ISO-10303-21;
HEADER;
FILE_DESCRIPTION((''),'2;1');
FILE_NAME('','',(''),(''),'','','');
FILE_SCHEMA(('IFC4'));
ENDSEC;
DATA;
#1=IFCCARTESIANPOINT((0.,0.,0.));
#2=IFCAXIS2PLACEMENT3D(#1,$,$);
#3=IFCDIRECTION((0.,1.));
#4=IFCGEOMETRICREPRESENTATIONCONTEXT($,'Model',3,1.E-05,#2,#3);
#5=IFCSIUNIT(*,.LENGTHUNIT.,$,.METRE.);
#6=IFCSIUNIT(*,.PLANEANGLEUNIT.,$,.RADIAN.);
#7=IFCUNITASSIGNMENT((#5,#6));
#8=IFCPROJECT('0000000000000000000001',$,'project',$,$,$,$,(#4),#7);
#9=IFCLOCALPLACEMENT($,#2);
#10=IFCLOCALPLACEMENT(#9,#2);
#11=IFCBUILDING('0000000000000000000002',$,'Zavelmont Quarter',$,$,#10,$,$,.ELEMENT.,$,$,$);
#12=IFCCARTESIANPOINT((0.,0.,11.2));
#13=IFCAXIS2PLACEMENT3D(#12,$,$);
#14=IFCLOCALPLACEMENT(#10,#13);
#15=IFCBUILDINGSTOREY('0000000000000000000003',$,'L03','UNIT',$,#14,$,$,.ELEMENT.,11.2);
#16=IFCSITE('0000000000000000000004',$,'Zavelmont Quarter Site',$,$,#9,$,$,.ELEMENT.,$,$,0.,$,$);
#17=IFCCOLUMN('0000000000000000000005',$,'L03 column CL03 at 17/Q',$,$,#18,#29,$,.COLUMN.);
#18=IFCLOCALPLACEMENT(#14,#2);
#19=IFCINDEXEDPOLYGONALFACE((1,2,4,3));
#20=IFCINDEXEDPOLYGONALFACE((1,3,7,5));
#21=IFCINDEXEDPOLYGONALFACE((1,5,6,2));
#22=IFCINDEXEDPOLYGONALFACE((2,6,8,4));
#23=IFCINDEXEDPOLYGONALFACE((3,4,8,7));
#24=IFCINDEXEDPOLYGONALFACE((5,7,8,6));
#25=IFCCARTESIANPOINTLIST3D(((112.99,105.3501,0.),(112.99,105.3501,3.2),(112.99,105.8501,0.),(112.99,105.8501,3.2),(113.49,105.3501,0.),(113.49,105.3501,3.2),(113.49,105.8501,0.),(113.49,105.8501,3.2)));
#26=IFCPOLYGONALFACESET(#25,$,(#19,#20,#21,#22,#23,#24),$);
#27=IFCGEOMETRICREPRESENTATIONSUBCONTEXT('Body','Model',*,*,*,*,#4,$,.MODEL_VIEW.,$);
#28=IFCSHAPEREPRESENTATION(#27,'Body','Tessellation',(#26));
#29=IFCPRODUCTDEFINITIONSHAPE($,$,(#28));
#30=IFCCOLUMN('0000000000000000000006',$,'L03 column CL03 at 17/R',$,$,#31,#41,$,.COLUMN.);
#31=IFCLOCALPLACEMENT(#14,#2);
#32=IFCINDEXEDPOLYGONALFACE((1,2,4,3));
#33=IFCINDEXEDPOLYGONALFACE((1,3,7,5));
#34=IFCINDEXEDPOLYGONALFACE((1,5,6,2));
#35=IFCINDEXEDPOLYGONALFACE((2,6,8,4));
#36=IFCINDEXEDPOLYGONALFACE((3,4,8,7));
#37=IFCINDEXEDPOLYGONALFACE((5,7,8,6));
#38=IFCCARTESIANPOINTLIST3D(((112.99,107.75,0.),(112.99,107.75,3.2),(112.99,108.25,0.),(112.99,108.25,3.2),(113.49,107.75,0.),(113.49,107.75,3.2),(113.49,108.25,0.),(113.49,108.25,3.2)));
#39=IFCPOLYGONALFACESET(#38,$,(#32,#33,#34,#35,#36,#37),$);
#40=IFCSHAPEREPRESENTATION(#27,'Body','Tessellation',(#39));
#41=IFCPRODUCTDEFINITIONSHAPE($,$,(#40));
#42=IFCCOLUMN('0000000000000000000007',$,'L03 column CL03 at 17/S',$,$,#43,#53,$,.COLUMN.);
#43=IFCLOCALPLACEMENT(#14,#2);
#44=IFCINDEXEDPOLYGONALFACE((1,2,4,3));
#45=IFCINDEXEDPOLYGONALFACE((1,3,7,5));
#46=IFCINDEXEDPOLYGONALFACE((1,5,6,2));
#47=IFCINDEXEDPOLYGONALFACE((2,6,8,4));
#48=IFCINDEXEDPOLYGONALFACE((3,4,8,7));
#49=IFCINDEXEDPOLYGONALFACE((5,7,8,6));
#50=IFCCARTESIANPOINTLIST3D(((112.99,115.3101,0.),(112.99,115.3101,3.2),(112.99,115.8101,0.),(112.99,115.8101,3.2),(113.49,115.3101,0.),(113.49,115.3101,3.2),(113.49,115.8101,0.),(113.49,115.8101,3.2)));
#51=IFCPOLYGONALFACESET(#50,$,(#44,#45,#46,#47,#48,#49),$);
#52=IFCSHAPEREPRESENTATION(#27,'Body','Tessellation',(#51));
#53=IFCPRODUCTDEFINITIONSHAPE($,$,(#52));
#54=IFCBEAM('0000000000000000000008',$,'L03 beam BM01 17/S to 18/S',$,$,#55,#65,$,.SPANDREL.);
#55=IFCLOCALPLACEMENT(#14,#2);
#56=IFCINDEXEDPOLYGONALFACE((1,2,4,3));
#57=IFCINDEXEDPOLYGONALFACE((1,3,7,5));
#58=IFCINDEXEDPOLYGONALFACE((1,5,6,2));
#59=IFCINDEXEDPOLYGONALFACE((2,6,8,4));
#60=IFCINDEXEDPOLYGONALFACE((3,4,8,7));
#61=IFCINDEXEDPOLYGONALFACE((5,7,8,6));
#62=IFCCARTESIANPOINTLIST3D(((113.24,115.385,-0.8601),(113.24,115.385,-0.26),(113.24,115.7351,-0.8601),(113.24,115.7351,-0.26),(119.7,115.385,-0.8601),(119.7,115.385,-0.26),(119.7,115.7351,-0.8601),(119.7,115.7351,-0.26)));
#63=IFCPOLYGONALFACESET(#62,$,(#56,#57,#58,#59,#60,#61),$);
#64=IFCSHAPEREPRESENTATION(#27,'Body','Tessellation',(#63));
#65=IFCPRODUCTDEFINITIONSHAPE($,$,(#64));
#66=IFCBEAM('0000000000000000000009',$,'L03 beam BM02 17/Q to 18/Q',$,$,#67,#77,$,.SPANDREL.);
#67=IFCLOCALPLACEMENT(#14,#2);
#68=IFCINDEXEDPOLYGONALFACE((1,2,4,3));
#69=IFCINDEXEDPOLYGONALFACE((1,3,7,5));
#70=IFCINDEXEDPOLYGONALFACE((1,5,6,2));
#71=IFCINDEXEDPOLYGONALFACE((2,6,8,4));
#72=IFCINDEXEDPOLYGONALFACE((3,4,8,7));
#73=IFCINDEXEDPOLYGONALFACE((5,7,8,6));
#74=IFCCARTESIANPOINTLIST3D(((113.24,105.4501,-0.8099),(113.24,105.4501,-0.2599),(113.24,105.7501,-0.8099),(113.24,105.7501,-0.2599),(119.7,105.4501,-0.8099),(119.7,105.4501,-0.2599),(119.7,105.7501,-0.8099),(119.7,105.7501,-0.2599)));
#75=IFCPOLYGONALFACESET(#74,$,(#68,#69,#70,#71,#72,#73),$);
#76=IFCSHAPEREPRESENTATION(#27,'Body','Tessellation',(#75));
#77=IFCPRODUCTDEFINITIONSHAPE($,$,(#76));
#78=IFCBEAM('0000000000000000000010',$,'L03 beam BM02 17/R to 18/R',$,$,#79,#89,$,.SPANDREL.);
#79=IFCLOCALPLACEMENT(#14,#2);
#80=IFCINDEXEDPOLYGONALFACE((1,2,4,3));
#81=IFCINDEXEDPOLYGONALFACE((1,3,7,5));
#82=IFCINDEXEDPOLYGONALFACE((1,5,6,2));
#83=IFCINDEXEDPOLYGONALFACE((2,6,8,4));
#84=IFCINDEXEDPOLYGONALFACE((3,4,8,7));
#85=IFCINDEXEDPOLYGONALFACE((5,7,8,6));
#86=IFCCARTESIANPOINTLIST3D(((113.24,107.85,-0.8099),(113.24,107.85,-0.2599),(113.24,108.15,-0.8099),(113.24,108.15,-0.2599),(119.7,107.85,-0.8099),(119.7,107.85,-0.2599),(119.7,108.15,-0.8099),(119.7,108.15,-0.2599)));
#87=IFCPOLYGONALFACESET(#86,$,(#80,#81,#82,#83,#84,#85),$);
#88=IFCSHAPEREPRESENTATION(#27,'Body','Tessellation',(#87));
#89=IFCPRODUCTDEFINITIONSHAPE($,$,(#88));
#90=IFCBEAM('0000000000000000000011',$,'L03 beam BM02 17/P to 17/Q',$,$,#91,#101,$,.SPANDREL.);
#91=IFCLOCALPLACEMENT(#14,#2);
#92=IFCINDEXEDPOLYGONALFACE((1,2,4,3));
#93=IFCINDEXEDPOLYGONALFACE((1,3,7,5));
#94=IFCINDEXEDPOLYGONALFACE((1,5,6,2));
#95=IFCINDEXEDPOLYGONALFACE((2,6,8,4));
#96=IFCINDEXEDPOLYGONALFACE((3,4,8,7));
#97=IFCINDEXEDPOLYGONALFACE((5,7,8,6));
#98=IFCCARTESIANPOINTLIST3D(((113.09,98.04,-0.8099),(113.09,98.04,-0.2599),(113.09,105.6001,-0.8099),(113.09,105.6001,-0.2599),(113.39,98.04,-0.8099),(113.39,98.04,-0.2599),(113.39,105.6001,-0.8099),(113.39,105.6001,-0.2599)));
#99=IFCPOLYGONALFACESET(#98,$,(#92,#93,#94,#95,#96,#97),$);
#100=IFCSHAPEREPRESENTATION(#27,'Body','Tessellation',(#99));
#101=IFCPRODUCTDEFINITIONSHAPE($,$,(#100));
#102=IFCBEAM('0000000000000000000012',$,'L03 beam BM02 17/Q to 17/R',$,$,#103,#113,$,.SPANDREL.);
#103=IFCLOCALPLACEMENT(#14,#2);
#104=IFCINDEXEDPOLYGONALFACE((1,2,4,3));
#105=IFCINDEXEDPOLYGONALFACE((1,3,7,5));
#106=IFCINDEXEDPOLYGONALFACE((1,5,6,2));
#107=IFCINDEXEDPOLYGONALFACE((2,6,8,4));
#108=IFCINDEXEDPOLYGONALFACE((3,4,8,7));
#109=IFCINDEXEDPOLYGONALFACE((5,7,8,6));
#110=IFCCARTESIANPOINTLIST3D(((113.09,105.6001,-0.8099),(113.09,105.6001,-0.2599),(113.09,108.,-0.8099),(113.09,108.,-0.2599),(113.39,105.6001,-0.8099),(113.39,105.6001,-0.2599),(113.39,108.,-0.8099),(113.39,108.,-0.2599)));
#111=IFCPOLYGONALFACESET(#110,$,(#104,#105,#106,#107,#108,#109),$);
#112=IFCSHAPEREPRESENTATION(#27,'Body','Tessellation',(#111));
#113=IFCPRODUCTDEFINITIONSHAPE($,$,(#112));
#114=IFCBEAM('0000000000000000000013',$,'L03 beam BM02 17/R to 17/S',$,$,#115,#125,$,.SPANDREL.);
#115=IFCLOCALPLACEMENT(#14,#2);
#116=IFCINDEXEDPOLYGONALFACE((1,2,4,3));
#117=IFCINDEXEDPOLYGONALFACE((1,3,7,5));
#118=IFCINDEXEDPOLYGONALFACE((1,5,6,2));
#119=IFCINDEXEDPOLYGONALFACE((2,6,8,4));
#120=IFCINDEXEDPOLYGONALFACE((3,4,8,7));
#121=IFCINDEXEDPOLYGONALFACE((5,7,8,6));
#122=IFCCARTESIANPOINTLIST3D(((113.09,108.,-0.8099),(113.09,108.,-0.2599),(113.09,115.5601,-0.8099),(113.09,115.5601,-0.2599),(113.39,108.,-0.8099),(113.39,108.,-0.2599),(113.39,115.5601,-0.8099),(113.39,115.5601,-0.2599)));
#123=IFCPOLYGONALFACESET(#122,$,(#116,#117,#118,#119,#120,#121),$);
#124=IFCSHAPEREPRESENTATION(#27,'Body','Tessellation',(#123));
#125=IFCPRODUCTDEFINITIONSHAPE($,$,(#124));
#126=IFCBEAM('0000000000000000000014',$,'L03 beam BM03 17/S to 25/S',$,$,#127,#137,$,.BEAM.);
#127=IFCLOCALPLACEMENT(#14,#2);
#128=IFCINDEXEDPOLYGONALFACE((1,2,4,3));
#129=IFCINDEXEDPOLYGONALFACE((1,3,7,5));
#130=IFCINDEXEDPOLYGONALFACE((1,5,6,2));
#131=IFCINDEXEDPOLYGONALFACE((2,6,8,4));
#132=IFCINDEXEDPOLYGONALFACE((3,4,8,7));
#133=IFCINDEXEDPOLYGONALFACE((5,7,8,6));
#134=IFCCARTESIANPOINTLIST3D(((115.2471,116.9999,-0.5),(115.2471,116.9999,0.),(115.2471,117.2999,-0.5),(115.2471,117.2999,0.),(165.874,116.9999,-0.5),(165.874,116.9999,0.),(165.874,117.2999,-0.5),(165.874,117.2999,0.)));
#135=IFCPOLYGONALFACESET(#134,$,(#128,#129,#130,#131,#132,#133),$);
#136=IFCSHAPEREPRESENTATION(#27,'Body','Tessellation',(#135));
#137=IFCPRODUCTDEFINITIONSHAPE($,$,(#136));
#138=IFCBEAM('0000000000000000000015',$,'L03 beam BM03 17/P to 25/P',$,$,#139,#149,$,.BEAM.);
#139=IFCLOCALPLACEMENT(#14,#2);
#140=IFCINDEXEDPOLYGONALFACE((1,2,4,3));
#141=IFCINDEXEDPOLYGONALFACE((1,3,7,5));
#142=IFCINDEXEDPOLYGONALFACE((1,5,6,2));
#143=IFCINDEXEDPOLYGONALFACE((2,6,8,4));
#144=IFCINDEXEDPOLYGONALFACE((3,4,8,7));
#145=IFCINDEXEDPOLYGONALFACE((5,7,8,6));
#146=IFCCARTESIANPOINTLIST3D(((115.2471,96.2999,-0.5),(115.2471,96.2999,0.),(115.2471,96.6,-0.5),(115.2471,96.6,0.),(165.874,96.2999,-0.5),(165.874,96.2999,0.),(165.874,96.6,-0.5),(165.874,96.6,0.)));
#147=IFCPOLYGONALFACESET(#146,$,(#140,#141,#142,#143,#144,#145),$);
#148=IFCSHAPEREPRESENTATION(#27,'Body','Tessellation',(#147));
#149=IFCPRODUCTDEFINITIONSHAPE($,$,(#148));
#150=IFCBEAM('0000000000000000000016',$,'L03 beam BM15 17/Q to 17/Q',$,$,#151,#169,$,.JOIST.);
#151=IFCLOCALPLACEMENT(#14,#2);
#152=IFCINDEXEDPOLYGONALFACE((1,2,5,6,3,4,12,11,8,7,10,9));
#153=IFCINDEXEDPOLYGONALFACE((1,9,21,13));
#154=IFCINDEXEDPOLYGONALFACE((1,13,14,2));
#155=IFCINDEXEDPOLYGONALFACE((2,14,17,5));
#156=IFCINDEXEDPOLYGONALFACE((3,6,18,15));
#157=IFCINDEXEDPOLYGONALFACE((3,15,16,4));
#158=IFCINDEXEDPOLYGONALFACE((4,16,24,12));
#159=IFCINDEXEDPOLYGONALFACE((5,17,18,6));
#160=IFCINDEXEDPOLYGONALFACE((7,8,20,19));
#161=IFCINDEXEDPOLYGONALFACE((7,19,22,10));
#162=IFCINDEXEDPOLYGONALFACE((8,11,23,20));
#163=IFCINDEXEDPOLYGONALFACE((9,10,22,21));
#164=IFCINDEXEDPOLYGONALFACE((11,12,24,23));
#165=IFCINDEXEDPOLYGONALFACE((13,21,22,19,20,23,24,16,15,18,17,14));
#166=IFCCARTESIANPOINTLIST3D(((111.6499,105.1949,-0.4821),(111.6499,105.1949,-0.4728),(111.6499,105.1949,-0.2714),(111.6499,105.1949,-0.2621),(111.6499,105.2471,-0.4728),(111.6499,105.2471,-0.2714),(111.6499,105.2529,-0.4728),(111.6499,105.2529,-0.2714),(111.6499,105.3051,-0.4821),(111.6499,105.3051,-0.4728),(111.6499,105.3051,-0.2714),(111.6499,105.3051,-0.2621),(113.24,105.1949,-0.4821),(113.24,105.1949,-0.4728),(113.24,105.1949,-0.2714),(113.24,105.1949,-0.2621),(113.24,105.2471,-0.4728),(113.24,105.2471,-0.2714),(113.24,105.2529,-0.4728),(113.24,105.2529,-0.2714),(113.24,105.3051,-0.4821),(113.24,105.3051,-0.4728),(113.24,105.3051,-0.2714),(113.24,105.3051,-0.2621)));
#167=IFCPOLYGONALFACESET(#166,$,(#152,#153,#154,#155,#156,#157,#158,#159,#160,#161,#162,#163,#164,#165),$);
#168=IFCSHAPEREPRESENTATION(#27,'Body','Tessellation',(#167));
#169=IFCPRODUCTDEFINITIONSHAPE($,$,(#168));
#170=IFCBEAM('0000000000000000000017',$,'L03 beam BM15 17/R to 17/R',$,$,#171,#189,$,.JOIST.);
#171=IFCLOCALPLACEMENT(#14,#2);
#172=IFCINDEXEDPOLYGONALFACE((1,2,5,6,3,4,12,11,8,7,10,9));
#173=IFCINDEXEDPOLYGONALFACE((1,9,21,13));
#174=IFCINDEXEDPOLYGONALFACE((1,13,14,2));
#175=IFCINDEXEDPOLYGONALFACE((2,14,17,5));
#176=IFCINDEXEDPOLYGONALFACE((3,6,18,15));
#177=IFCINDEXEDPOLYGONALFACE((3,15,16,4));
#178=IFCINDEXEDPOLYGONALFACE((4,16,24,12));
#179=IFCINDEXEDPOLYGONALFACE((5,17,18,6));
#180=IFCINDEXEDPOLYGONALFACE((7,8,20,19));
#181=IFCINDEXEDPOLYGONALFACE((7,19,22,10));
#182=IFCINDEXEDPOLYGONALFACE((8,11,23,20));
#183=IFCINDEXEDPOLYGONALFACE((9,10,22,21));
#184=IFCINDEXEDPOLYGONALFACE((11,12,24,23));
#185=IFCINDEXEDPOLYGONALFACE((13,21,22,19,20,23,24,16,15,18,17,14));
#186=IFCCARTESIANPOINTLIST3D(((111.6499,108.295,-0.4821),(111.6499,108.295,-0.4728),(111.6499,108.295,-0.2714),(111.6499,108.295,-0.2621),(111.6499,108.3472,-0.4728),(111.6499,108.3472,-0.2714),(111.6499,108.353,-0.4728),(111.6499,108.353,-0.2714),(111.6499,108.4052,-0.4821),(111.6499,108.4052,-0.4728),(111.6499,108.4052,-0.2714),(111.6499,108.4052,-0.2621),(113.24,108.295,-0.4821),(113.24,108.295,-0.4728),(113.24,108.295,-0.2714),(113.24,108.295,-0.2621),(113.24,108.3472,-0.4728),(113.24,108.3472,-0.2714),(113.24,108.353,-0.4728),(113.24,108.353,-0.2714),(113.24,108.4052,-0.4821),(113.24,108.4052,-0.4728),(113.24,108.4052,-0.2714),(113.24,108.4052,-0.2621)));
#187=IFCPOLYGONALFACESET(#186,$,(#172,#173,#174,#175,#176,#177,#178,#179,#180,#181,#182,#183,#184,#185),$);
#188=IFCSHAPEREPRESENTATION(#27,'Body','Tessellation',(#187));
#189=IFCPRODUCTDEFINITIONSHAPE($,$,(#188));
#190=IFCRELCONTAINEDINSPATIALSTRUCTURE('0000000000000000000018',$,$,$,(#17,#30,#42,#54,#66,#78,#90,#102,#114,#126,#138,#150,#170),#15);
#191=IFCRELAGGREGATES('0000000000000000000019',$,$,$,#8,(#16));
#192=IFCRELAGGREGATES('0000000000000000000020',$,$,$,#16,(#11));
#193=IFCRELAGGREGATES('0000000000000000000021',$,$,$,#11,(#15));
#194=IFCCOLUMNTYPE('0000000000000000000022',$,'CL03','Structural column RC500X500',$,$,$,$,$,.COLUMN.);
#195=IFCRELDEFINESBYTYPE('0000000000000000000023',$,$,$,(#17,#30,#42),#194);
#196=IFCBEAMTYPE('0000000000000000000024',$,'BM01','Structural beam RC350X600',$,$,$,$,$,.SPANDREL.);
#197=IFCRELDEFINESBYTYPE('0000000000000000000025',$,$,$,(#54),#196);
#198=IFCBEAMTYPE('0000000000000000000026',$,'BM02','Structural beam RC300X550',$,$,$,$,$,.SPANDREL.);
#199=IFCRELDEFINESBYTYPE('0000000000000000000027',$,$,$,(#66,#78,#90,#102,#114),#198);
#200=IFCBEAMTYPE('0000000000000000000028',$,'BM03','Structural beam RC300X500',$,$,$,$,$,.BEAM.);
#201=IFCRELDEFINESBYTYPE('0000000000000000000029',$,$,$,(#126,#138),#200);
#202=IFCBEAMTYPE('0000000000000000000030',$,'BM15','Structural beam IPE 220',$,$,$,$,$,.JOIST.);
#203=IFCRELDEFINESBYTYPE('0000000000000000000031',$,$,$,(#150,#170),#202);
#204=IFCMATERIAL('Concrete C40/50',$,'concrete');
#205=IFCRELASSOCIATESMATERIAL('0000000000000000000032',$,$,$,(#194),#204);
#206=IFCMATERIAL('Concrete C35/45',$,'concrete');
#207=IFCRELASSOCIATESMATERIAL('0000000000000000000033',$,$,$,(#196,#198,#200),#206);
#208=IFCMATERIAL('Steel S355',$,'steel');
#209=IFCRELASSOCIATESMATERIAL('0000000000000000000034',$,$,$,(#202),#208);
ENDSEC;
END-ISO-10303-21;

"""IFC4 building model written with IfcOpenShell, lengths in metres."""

from ifc_helpers import new_model, si_unit, direction, frame, origin, origin_2d, place, context, subcontext, project, spatial, rectangle, i_section, extrude, material, material_profile, profile_set, type_object, element, save


model = new_model("IFC4")

# Units and contexts
model_context = context("Model", 3, precision=1e-05, world=origin(), true_north=direction((0.0, 1.0)))
body_context = subcontext(model_context, "Body", "Model", "MODEL_VIEW")
ifc_project = project(units=[si_unit("LENGTHUNIT", "METRE"), si_unit("PLANEANGLEUNIT", "RADIAN")], contexts=[model_context])

# Site, building, storey
site_placement = place(None, origin())
site = spatial("IfcSite", under=ifc_project, at=site_placement, Name="Zavelmont Quarter Site", CompositionType="ELEMENT", RefElevation=0.0)
building_placement = place(site_placement, origin())
building = spatial("IfcBuilding", under=site, at=building_placement, Name="Zavelmont Quarter", CompositionType="ELEMENT")
storey_placement = place(building_placement, frame((0.0, 0.0, 11.2)))
storey = spatial("IfcBuildingStorey", under=building, at=storey_placement, Name="L03", Description="UNIT", CompositionType="ELEMENT", Elevation=11.2)

# Columns
ifc_material_1 = material(Name="Concrete C40/50", Category="concrete")
ifc_material_profile_1 = material_profile(ifc_material_1, rectangle(XDim=0.5, YDim=0.5, at=origin_2d()), Name="RC500X500")
ifc_profile_set_1 = profile_set([ifc_material_profile_1], Name="Concrete C40/50")
column_type = type_object("IfcColumnType", Name="CL03", Description="Structural column RC500X500", PredefinedType="COLUMN", material=ifc_profile_set_1)
for number, where, z_axis, x_axis, name in (
    (1, (113.24, 105.6001, 0.0), (0.0, 0.0, 1.0), (1.0, 0.0, 0.0), "L03 column CL03 at 17/Q"),
    (2, (113.24, 108.0, 0.0), (0.0, 0.0, 1.0), (1.0, 0.0, 0.0), "L03 column CL03 at 17/R"),
    (3, (113.24, 115.5601, 0.0), (0.0, 0.0, 1.0), (1.0, 0.0, 0.0), "L03 column CL03 at 17/S"),
):
    element("IfcColumn", number, at=place(storey_placement, frame(where, z_axis=z_axis, x_axis=x_axis)), inside=storey, type_object=column_type, Name=name, PredefinedType="COLUMN", context=body_context, shape_type="SweptSolid", body=[
        extrude(rectangle(XDim=0.5, YDim=0.5, at=origin_2d()), origin(), (0.0, 0.0, 1.0), 3.2),
    ])

# Beams
ifc_material_2 = material(Name="Concrete C35/45", Category="concrete")
ifc_material_profile_2 = material_profile(ifc_material_2, rectangle(XDim=0.3501, YDim=0.6001, at=origin_2d()), Name="RC350X600")
ifc_profile_set_2 = profile_set([ifc_material_profile_2], Name="Concrete C35/45")
beam_type_1 = type_object("IfcBeamType", Name="BM01", Description="Structural beam RC350X600", PredefinedType="SPANDREL", material=ifc_profile_set_2)
beam_1_placement = place(storey_placement, frame((113.24, 115.5601, -0.5601), z_axis=(1.0, 0.0, 0.0), x_axis=(0.0, 1.0, 0.0)))
element("IfcBeam", 4, at=beam_1_placement, inside=storey, type_object=beam_type_1, Name="L03 beam BM01 17/S to 18/S", PredefinedType="SPANDREL", context=body_context, shape_type="SweptSolid", body=[
    extrude(rectangle(XDim=0.3501, YDim=0.6001, at=origin_2d()), origin(), (0.0, 0.0, 1.0), 6.46),
])
ifc_material_profile_3 = material_profile(ifc_material_2, rectangle(XDim=0.3, YDim=0.55, at=origin_2d()), Name="RC300X550")
ifc_profile_set_3 = profile_set([ifc_material_profile_3], Name="Concrete C35/45")
beam_type_2 = type_object("IfcBeamType", Name="BM02", Description="Structural beam RC300X550", PredefinedType="SPANDREL", material=ifc_profile_set_3)
for number, where, z_axis, x_axis, name in (
    (5, (113.24, 105.6001, -0.5349), (1.0, 0.0, 0.0), (0.0, 1.0, 0.0), "L03 beam BM02 17/Q to 18/Q"),
    (6, (113.24, 108.0, -0.5349), (1.0, 0.0, 0.0), (0.0, 1.0, 0.0), "L03 beam BM02 17/R to 18/R"),
):
    element("IfcBeam", number, at=place(storey_placement, frame(where, z_axis=z_axis, x_axis=x_axis)), inside=storey, type_object=beam_type_2, Name=name, PredefinedType="SPANDREL", context=body_context, shape_type="SweptSolid", body=[
        extrude(rectangle(XDim=0.3, YDim=0.55, at=origin_2d()), origin(), (0.0, 0.0, 1.0), 6.46),
    ])
beam_2_placement = place(storey_placement, frame((113.24, 98.04, -0.5349), z_axis=(0.0, 1.0, 0.0), x_axis=(-1.0, 0.0, 0.0)))
element("IfcBeam", 7, at=beam_2_placement, inside=storey, type_object=beam_type_2, Name="L03 beam BM02 17/P to 17/Q", PredefinedType="SPANDREL", context=body_context, shape_type="SweptSolid", body=[
    extrude(rectangle(XDim=0.3, YDim=0.55, at=origin_2d()), origin(), (0.0, 0.0, 1.0), 7.5601),
])
beam_3_placement = place(storey_placement, frame((113.24, 105.6001, -0.5349), z_axis=(0.0, 1.0, 0.0), x_axis=(-1.0, 0.0, 0.0)))
element("IfcBeam", 8, at=beam_3_placement, inside=storey, type_object=beam_type_2, Name="L03 beam BM02 17/Q to 17/R", PredefinedType="SPANDREL", context=body_context, shape_type="SweptSolid", body=[
    extrude(rectangle(XDim=0.3, YDim=0.55, at=origin_2d()), origin(), (0.0, 0.0, 1.0), 2.3999),
])
beam_4_placement = place(storey_placement, frame((113.24, 108.0, -0.5349), z_axis=(0.0, 1.0, 0.0), x_axis=(-1.0, 0.0, 0.0)))
element("IfcBeam", 9, at=beam_4_placement, inside=storey, type_object=beam_type_2, Name="L03 beam BM02 17/R to 17/S", PredefinedType="SPANDREL", context=body_context, shape_type="SweptSolid", body=[
    extrude(rectangle(XDim=0.3, YDim=0.55, at=origin_2d()), origin(), (0.0, 0.0, 1.0), 7.5601),
])
ifc_material_profile_4 = material_profile(ifc_material_2, rectangle(XDim=0.3, YDim=0.5, at=origin_2d()), Name="RC300X500")
ifc_profile_set_4 = profile_set([ifc_material_profile_4], Name="Concrete C35/45")
beam_type_3 = type_object("IfcBeamType", Name="BM03", Description="Structural beam RC300X500", PredefinedType="BEAM", material=ifc_profile_set_4)
for number, where, z_axis, x_axis, name in (
    (10, (115.2471, 117.1499, -0.25), (1.0, 0.0, 0.0), (0.0, 1.0, 0.0), "L03 beam BM03 17/S to 25/S"),
    (11, (115.2471, 96.45, -0.25), (1.0, 0.0, 0.0), (0.0, 1.0, 0.0), "L03 beam BM03 17/P to 25/P"),
):
    element("IfcBeam", number, at=place(storey_placement, frame(where, z_axis=z_axis, x_axis=x_axis)), inside=storey, type_object=beam_type_3, Name=name, PredefinedType="BEAM", context=body_context, shape_type="SweptSolid", body=[
        extrude(rectangle(XDim=0.3, YDim=0.5, at=origin_2d()), origin(), (0.0, 0.0, 1.0), 50.627),
    ])
ifc_material_3 = material(Name="Steel S355", Category="steel")
ifc_material_profile_5 = material_profile(ifc_material_3, i_section(OverallWidth=0.1101, OverallDepth=0.22, WebThickness=0.0059, FlangeThickness=0.0093, at=origin_2d()), Name="IPE 220")
ifc_profile_set_5 = profile_set([ifc_material_profile_5], Name="Steel S355")
beam_type_4 = type_object("IfcBeamType", Name="BM15", Description="Structural beam IPE 220", PredefinedType="JOIST", material=ifc_profile_set_5)
for number, where, z_axis, x_axis, name in (
    (12, (113.24, 105.25, -0.3721), (-1.0, 0.0, 0.0), (0.0, -1.0, 0.0), "L03 beam BM15 17/Q to 17/Q"),
    (13, (113.24, 108.3501, -0.3721), (-1.0, 0.0, 0.0), (0.0, -1.0, 0.0), "L03 beam BM15 17/R to 17/R"),
):
    element("IfcBeam", number, at=place(storey_placement, frame(where, z_axis=z_axis, x_axis=x_axis)), inside=storey, type_object=beam_type_4, Name=name, PredefinedType="JOIST", context=body_context, shape_type="SweptSolid", body=[
        extrude(i_section(OverallWidth=0.1101, OverallDepth=0.22, WebThickness=0.0059, FlangeThickness=0.0093, at=origin_2d()), origin(), (0.0, 0.0, 1.0), 1.5901),
    ])

save(model, "model.ifc")
